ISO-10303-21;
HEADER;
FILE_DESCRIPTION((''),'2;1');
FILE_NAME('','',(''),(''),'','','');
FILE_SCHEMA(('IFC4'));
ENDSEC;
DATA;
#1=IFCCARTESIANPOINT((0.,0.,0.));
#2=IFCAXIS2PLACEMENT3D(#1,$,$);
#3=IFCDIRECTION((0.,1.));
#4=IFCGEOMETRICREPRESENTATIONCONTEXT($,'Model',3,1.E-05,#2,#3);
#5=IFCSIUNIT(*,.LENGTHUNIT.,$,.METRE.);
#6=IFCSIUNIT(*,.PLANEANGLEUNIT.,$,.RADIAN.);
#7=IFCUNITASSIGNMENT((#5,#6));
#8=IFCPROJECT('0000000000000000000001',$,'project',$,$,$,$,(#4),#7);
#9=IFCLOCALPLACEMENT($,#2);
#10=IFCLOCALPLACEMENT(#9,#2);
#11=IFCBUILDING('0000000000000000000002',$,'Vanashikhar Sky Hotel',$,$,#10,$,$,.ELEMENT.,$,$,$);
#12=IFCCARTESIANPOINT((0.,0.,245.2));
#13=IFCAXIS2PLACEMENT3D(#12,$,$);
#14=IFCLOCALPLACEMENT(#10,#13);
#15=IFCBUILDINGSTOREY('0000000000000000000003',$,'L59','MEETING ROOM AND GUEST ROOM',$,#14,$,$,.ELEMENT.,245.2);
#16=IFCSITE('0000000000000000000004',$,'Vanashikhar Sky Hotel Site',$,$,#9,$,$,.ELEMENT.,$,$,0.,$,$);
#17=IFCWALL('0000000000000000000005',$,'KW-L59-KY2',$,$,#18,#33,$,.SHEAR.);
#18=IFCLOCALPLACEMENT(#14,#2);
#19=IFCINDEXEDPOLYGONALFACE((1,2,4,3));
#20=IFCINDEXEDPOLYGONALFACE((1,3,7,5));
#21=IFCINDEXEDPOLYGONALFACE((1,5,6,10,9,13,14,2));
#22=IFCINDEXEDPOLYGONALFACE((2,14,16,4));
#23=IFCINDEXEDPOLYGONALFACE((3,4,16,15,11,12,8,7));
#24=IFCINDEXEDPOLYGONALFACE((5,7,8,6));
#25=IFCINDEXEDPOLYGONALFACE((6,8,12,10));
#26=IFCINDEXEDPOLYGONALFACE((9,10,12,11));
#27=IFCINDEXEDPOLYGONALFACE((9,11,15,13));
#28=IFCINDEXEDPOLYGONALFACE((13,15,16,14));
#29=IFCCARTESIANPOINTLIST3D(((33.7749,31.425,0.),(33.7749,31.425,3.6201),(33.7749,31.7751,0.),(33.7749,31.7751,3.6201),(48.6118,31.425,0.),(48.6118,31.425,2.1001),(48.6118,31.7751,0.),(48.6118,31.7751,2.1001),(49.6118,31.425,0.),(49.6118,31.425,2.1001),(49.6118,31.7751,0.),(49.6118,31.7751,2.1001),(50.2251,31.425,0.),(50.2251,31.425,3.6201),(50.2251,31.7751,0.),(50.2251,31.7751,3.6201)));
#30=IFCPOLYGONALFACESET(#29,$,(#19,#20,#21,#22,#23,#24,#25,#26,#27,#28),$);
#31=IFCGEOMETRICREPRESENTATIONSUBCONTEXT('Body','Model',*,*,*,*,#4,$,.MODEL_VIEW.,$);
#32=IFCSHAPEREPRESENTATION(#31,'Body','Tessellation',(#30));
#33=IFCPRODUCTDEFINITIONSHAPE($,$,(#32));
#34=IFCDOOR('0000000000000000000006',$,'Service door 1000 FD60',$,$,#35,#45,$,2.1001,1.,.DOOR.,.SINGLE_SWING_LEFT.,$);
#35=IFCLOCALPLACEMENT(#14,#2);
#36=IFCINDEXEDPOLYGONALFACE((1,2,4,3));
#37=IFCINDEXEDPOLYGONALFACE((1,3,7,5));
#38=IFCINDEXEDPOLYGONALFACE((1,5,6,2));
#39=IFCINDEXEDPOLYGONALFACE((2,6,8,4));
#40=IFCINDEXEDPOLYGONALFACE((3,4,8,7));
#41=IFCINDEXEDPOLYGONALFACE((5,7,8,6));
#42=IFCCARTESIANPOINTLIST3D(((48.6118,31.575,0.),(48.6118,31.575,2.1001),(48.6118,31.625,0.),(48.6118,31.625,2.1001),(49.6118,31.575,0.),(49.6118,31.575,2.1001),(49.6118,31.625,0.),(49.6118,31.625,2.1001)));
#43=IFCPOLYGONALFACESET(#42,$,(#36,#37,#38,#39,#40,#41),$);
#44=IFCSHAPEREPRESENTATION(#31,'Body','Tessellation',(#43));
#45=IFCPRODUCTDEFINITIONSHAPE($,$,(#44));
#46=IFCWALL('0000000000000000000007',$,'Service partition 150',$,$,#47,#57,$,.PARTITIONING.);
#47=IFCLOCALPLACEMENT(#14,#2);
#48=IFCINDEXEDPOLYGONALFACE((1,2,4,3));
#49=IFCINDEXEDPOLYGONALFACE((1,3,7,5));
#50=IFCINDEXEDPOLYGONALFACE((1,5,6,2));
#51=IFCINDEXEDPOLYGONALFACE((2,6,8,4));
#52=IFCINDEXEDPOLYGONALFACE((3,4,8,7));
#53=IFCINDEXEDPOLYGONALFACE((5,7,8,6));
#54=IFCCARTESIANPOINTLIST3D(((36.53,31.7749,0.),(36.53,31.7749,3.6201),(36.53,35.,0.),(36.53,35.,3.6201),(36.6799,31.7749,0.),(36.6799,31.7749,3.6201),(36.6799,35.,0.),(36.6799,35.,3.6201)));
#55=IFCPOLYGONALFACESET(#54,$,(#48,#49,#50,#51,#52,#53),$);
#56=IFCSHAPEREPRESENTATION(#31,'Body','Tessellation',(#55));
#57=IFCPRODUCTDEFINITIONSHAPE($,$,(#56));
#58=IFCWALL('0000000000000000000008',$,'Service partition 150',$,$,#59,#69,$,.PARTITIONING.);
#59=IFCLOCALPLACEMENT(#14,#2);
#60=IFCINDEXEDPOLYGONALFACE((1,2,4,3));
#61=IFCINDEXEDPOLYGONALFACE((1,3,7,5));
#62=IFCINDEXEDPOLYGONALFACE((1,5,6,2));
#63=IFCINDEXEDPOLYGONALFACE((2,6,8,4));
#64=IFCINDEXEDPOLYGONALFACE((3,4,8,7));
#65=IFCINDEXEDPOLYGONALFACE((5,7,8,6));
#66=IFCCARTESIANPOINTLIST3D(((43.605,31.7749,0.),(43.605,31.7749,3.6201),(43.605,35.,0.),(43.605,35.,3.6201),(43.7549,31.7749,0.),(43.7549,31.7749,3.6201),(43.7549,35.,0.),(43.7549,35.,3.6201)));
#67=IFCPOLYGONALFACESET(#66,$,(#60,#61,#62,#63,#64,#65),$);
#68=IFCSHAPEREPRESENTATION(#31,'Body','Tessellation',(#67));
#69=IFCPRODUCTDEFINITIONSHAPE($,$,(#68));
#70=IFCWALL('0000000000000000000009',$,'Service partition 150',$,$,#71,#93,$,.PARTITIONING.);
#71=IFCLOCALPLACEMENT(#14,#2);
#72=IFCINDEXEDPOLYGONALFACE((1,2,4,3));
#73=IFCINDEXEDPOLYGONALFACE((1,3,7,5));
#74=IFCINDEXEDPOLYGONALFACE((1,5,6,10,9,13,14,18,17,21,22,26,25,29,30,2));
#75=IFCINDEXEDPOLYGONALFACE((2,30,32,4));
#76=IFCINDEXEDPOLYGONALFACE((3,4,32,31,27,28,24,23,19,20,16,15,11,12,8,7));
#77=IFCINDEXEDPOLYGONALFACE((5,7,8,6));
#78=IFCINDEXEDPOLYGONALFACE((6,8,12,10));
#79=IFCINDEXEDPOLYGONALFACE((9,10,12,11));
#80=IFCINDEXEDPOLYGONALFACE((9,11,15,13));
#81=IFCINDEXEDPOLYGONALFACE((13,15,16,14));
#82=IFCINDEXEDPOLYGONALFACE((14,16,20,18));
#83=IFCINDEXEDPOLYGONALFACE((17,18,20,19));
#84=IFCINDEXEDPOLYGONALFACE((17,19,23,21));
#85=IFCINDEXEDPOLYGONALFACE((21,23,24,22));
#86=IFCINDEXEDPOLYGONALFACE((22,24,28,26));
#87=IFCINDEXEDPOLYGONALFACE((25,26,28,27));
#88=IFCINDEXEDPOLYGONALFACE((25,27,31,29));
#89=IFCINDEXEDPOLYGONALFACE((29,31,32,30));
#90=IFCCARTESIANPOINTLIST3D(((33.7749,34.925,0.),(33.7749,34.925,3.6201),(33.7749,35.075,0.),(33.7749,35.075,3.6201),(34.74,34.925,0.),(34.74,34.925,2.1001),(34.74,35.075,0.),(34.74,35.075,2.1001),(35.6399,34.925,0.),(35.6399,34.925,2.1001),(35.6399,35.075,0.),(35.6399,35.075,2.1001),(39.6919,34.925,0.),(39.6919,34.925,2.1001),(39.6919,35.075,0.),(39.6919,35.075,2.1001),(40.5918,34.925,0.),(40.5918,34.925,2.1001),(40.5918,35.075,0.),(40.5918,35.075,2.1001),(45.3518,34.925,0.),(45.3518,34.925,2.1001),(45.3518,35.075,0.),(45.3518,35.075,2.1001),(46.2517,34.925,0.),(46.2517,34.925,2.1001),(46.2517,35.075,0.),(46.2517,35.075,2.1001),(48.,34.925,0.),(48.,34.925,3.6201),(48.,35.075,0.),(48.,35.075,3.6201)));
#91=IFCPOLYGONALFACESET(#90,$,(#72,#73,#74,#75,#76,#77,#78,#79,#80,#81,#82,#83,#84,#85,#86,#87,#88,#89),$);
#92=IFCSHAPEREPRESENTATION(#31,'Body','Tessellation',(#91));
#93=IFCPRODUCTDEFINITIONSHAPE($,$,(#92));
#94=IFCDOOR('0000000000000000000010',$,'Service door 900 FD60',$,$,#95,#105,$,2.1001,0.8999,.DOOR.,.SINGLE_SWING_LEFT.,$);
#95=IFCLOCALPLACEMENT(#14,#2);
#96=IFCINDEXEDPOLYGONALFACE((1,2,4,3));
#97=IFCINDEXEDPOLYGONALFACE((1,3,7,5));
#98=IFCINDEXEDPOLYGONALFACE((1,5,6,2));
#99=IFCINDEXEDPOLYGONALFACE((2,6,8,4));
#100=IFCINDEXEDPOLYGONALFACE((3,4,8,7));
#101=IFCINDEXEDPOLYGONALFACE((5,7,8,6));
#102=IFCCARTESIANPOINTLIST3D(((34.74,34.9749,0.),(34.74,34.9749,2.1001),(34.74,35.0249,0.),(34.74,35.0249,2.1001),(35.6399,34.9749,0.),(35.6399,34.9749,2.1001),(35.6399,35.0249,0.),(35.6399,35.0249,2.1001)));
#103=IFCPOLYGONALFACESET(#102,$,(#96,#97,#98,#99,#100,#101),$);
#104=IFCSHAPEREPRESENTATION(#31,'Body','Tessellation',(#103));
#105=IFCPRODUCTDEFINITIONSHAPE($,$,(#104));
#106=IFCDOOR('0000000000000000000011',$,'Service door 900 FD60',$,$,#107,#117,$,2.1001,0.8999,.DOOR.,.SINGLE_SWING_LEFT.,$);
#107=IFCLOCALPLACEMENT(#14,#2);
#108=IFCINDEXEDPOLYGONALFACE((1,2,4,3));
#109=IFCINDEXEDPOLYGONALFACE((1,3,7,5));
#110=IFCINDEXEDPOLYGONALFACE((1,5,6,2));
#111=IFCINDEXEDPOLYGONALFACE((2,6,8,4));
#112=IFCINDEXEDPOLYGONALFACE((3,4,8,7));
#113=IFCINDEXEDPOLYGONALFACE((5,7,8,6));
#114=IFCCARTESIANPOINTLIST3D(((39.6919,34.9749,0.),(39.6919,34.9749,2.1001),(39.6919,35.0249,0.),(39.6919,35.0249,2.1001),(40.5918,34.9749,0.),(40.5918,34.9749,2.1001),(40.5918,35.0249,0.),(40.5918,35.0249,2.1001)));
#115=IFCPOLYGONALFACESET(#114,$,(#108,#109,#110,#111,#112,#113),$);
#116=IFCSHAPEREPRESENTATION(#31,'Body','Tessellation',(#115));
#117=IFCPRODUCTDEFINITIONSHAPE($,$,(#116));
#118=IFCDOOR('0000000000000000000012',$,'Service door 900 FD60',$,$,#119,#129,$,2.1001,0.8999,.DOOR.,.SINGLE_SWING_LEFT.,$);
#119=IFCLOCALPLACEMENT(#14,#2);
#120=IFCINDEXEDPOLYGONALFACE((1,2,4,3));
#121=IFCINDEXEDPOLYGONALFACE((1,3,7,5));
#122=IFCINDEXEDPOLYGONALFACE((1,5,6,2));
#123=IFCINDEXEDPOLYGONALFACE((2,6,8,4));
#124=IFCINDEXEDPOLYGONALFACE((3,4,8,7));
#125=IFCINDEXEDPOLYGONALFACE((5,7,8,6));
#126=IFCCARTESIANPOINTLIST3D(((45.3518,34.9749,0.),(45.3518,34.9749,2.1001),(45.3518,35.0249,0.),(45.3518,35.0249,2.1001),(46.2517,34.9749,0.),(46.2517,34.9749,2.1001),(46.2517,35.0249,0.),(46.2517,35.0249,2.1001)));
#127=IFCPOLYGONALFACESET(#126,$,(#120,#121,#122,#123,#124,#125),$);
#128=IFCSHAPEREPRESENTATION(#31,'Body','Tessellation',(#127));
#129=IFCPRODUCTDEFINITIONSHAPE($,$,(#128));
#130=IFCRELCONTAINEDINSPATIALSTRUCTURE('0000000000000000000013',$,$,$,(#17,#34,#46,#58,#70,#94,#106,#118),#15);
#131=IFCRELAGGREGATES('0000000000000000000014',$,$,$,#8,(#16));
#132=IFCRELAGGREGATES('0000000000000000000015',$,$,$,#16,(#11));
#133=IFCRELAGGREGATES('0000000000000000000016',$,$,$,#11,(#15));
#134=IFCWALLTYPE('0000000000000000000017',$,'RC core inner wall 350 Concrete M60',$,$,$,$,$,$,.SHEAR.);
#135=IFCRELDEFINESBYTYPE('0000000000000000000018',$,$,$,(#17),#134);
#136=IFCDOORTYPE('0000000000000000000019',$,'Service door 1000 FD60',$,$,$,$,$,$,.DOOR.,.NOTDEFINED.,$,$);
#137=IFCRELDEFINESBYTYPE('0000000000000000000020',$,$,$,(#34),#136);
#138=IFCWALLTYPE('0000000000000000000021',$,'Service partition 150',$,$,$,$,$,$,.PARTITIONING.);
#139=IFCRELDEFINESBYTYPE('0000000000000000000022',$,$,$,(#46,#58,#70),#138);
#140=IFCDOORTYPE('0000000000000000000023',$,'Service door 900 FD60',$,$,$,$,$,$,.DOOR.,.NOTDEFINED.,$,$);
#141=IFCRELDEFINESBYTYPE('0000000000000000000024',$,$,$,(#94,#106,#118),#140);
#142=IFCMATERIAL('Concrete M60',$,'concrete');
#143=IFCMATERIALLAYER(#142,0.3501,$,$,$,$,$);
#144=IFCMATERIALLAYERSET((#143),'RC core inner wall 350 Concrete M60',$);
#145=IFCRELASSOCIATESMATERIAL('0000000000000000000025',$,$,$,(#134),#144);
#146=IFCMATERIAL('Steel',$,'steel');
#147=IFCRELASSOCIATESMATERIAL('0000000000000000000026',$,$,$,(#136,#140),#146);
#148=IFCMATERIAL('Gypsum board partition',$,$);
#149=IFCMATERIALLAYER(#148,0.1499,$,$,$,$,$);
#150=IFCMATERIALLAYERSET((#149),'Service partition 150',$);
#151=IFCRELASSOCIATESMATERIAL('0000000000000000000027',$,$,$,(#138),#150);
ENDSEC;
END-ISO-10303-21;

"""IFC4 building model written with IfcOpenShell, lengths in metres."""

from ifc_helpers import new_model, si_unit, direction, frame, frame_2d, origin, place, context, subcontext, project, spatial, rectangle, extrude, source, transform, mapped, material, layer, layer_set, type_object, element, fill, save


model = new_model("IFC4")

# Units and contexts
model_context = context("Model", 3, precision=1e-05, world=origin(), true_north=direction((0.0, 1.0)))
body_context = subcontext(model_context, "Body", "Model", "MODEL_VIEW")
ifc_project = project(units=[si_unit("LENGTHUNIT", "METRE"), si_unit("PLANEANGLEUNIT", "RADIAN")], contexts=[model_context])

# Site, building, storey
site_placement = place(None, origin())
site = spatial("IfcSite", under=ifc_project, at=site_placement, Name="Vanashikhar Sky Hotel Site", CompositionType="ELEMENT", RefElevation=0.0)
building_placement = place(site_placement, origin())
building = spatial("IfcBuilding", under=site, at=building_placement, Name="Vanashikhar Sky Hotel", CompositionType="ELEMENT")
storey_placement = place(building_placement, frame((0.0, 0.0, 245.2)))
storey = spatial("IfcBuildingStorey", under=building, at=storey_placement, Name="L59", Description="MEETING ROOM AND GUEST ROOM", CompositionType="ELEMENT", Elevation=245.2)

# Wall, opening, door
ifc_material_1 = material(Name="Concrete M60", Category="concrete")
ifc_layer_1 = layer(ifc_material_1, 0.3501)
ifc_layer_set_1 = layer_set([ifc_layer_1], Name="RC core inner wall 350 Concrete M60")
wall_type_1 = type_object("IfcWallType", Name="RC core inner wall 350 Concrete M60", PredefinedType="SHEAR", material=ifc_layer_set_1)
shared_shape_1 = source(origin(), body_context, "Body", "SweptSolid", [
    extrude(rectangle(XDim=16.4502, YDim=0.3501, at=frame_2d((8.2251, 0.0))), origin(), (0.0, 0.0, 1.0), 3.6201),
])
wall_1_placement = place(storey_placement, frame((33.7749, 31.6001, 0.0), z_axis=(0.0, 0.0, 1.0), x_axis=(1.0, 0.0, 0.0)))
wall_1 = element("IfcWall", 1, at=wall_1_placement, inside=storey, type_object=wall_type_1, Name="KW-L59-KY2", PredefinedType="SHEAR", context=body_context, shape_type="MappedRepresentation", body=[
    mapped(shared_shape_1, transform((0.0, 0.0, 0.0), scale=1.0)),
])
shared_shape_2 = source(origin(), body_context, "Body", "SweptSolid", [
    extrude(rectangle(XDim=1.0, YDim=2.1001, at=frame_2d((0.5, 1.05))), frame((0.0, 0.1851, 0.0), z_axis=(0.0, -1.0, 0.0), x_axis=(1.0, 0.0, 0.0)), (0.0, 0.0, 1.0), 0.3701),
])
opening_1_placement = place(wall_1_placement, frame((14.8369, 0.0, 0.0)))
opening_1 = element("IfcOpeningElement", 2, at=opening_1_placement, cuts=wall_1, PredefinedType="OPENING", context=body_context, shape_type="MappedRepresentation", body=[
    mapped(shared_shape_2, transform((0.0, 0.0, 0.0), scale=1.0)),
])
ifc_material_2 = material(Name="Steel", Category="steel")
door_type_1 = type_object("IfcDoorType", Name="Service door 1000 FD60", OperationType="NOTDEFINED", PredefinedType="DOOR", material=ifc_material_2)
shared_shape_3 = source(origin(), body_context, "Body", "SweptSolid", [
    extrude(rectangle(XDim=1.0, YDim=2.1001, at=frame_2d((0.5, 1.05))), frame((0.0, 0.0249, 0.0), z_axis=(0.0, -1.0, 0.0), x_axis=(1.0, 0.0, 0.0)), (0.0, 0.0, 1.0), 0.05),
])
door_1_placement = place(opening_1_placement, origin())
door_1 = element("IfcDoor", 3, at=door_1_placement, inside=storey, type_object=door_type_1, Name="Service door 1000 FD60", OperationType="SINGLE_SWING_LEFT", OverallHeight=2.1001, OverallWidth=1.0, PredefinedType="DOOR", context=body_context, shape_type="MappedRepresentation", body=[
    mapped(shared_shape_3, transform((0.0, 0.0, 0.0), scale=1.0)),
])
fill(opening_1, door_1)

# Walls
ifc_material_3 = material(Name="Gypsum board partition")
ifc_layer_2 = layer(ifc_material_3, 0.1499)
ifc_layer_set_2 = layer_set([ifc_layer_2], Name="Service partition 150")
wall_type_2 = type_object("IfcWallType", Name="Service partition 150", PredefinedType="PARTITIONING", material=ifc_layer_set_2)
shared_shape_4 = source(origin(), body_context, "Body", "SweptSolid", [
    extrude(rectangle(XDim=3.2251, YDim=0.1499, at=frame_2d((1.6125, 0.0))), origin(), (0.0, 0.0, 1.0), 3.6201),
])
for number, where, z_axis, x_axis, name in (
    (4, (36.605, 31.7749, 0.0), (0.0, 0.0, 1.0), (0.0, 1.0, 0.0), "Service partition 150"),
    (5, (43.6799, 31.7749, 0.0), (0.0, 0.0, 1.0), (0.0, 1.0, 0.0), "Service partition 150"),
):
    element("IfcWall", number, at=place(storey_placement, frame(where, z_axis=z_axis, x_axis=x_axis)), inside=storey, type_object=wall_type_2, Name=name, PredefinedType="PARTITIONING", context=body_context, shape_type="MappedRepresentation", body=[
        mapped(shared_shape_4, transform((0.0, 0.0, 0.0), scale=1.0)),
    ])

# Wall, openings, doors
shared_shape_5 = source(origin(), body_context, "Body", "SweptSolid", [
    extrude(rectangle(XDim=14.2251, YDim=0.1499, at=frame_2d((7.1125, 0.0))), origin(), (0.0, 0.0, 1.0), 3.6201),
])
wall_2_placement = place(storey_placement, frame((33.7749, 35.0, 0.0), z_axis=(0.0, 0.0, 1.0), x_axis=(1.0, 0.0, 0.0)))
wall_2 = element("IfcWall", 6, at=wall_2_placement, inside=storey, type_object=wall_type_2, Name="Service partition 150", PredefinedType="PARTITIONING", context=body_context, shape_type="MappedRepresentation", body=[
    mapped(shared_shape_5, transform((0.0, 0.0, 0.0), scale=1.0)),
])
shared_shape_6 = source(origin(), body_context, "Body", "SweptSolid", [
    extrude(rectangle(XDim=0.8999, YDim=2.1001, at=frame_2d((0.45, 1.05))), frame((0.0, 0.085, 0.0), z_axis=(0.0, -1.0, 0.0), x_axis=(1.0, 0.0, 0.0)), (0.0, 0.0, 1.0), 0.1699),
])
opening_2_placement = place(wall_2_placement, frame((0.9651, 0.0, 0.0)))
opening_2 = element("IfcOpeningElement", 7, at=opening_2_placement, cuts=wall_2, PredefinedType="OPENING", context=body_context, shape_type="MappedRepresentation", body=[
    mapped(shared_shape_6, transform((0.0, 0.0, 0.0), scale=1.0)),
])
opening_3_placement = place(wall_2_placement, frame((5.917, 0.0, 0.0)))
opening_3 = element("IfcOpeningElement", 8, at=opening_3_placement, cuts=wall_2, PredefinedType="OPENING", context=body_context, shape_type="MappedRepresentation", body=[
    mapped(shared_shape_6, transform((0.0, 0.0, 0.0), scale=1.0)),
])
opening_4_placement = place(wall_2_placement, frame((11.5769, 0.0, 0.0)))
opening_4 = element("IfcOpeningElement", 9, at=opening_4_placement, cuts=wall_2, PredefinedType="OPENING", context=body_context, shape_type="MappedRepresentation", body=[
    mapped(shared_shape_6, transform((0.0, 0.0, 0.0), scale=1.0)),
])
door_type_2 = type_object("IfcDoorType", Name="Service door 900 FD60", OperationType="NOTDEFINED", PredefinedType="DOOR", material=ifc_material_2)
shared_shape_7 = source(origin(), body_context, "Body", "SweptSolid", [
    extrude(rectangle(XDim=0.8999, YDim=2.1001, at=frame_2d((0.45, 1.05))), frame((0.0, 0.0249, 0.0), z_axis=(0.0, -1.0, 0.0), x_axis=(1.0, 0.0, 0.0)), (0.0, 0.0, 1.0), 0.05),
])
door_2_placement = place(opening_2_placement, origin())
door_2 = element("IfcDoor", 10, at=door_2_placement, inside=storey, type_object=door_type_2, Name="Service door 900 FD60", OperationType="SINGLE_SWING_LEFT", OverallHeight=2.1001, OverallWidth=0.8999, PredefinedType="DOOR", context=body_context, shape_type="MappedRepresentation", body=[
    mapped(shared_shape_7, transform((0.0, 0.0, 0.0), scale=1.0)),
])
fill(opening_2, door_2)
door_3_placement = place(opening_3_placement, origin())
door_3 = element("IfcDoor", 11, at=door_3_placement, inside=storey, type_object=door_type_2, Name="Service door 900 FD60", OperationType="SINGLE_SWING_LEFT", OverallHeight=2.1001, OverallWidth=0.8999, PredefinedType="DOOR", context=body_context, shape_type="MappedRepresentation", body=[
    mapped(shared_shape_7, transform((0.0, 0.0, 0.0), scale=1.0)),
])
fill(opening_3, door_3)
door_4_placement = place(opening_4_placement, origin())
door_4 = element("IfcDoor", 12, at=door_4_placement, inside=storey, type_object=door_type_2, Name="Service door 900 FD60", OperationType="SINGLE_SWING_LEFT", OverallHeight=2.1001, OverallWidth=0.8999, PredefinedType="DOOR", context=body_context, shape_type="MappedRepresentation", body=[
    mapped(shared_shape_7, transform((0.0, 0.0, 0.0), scale=1.0)),
])
fill(opening_4, door_4)

save(model, "model.ifc")
